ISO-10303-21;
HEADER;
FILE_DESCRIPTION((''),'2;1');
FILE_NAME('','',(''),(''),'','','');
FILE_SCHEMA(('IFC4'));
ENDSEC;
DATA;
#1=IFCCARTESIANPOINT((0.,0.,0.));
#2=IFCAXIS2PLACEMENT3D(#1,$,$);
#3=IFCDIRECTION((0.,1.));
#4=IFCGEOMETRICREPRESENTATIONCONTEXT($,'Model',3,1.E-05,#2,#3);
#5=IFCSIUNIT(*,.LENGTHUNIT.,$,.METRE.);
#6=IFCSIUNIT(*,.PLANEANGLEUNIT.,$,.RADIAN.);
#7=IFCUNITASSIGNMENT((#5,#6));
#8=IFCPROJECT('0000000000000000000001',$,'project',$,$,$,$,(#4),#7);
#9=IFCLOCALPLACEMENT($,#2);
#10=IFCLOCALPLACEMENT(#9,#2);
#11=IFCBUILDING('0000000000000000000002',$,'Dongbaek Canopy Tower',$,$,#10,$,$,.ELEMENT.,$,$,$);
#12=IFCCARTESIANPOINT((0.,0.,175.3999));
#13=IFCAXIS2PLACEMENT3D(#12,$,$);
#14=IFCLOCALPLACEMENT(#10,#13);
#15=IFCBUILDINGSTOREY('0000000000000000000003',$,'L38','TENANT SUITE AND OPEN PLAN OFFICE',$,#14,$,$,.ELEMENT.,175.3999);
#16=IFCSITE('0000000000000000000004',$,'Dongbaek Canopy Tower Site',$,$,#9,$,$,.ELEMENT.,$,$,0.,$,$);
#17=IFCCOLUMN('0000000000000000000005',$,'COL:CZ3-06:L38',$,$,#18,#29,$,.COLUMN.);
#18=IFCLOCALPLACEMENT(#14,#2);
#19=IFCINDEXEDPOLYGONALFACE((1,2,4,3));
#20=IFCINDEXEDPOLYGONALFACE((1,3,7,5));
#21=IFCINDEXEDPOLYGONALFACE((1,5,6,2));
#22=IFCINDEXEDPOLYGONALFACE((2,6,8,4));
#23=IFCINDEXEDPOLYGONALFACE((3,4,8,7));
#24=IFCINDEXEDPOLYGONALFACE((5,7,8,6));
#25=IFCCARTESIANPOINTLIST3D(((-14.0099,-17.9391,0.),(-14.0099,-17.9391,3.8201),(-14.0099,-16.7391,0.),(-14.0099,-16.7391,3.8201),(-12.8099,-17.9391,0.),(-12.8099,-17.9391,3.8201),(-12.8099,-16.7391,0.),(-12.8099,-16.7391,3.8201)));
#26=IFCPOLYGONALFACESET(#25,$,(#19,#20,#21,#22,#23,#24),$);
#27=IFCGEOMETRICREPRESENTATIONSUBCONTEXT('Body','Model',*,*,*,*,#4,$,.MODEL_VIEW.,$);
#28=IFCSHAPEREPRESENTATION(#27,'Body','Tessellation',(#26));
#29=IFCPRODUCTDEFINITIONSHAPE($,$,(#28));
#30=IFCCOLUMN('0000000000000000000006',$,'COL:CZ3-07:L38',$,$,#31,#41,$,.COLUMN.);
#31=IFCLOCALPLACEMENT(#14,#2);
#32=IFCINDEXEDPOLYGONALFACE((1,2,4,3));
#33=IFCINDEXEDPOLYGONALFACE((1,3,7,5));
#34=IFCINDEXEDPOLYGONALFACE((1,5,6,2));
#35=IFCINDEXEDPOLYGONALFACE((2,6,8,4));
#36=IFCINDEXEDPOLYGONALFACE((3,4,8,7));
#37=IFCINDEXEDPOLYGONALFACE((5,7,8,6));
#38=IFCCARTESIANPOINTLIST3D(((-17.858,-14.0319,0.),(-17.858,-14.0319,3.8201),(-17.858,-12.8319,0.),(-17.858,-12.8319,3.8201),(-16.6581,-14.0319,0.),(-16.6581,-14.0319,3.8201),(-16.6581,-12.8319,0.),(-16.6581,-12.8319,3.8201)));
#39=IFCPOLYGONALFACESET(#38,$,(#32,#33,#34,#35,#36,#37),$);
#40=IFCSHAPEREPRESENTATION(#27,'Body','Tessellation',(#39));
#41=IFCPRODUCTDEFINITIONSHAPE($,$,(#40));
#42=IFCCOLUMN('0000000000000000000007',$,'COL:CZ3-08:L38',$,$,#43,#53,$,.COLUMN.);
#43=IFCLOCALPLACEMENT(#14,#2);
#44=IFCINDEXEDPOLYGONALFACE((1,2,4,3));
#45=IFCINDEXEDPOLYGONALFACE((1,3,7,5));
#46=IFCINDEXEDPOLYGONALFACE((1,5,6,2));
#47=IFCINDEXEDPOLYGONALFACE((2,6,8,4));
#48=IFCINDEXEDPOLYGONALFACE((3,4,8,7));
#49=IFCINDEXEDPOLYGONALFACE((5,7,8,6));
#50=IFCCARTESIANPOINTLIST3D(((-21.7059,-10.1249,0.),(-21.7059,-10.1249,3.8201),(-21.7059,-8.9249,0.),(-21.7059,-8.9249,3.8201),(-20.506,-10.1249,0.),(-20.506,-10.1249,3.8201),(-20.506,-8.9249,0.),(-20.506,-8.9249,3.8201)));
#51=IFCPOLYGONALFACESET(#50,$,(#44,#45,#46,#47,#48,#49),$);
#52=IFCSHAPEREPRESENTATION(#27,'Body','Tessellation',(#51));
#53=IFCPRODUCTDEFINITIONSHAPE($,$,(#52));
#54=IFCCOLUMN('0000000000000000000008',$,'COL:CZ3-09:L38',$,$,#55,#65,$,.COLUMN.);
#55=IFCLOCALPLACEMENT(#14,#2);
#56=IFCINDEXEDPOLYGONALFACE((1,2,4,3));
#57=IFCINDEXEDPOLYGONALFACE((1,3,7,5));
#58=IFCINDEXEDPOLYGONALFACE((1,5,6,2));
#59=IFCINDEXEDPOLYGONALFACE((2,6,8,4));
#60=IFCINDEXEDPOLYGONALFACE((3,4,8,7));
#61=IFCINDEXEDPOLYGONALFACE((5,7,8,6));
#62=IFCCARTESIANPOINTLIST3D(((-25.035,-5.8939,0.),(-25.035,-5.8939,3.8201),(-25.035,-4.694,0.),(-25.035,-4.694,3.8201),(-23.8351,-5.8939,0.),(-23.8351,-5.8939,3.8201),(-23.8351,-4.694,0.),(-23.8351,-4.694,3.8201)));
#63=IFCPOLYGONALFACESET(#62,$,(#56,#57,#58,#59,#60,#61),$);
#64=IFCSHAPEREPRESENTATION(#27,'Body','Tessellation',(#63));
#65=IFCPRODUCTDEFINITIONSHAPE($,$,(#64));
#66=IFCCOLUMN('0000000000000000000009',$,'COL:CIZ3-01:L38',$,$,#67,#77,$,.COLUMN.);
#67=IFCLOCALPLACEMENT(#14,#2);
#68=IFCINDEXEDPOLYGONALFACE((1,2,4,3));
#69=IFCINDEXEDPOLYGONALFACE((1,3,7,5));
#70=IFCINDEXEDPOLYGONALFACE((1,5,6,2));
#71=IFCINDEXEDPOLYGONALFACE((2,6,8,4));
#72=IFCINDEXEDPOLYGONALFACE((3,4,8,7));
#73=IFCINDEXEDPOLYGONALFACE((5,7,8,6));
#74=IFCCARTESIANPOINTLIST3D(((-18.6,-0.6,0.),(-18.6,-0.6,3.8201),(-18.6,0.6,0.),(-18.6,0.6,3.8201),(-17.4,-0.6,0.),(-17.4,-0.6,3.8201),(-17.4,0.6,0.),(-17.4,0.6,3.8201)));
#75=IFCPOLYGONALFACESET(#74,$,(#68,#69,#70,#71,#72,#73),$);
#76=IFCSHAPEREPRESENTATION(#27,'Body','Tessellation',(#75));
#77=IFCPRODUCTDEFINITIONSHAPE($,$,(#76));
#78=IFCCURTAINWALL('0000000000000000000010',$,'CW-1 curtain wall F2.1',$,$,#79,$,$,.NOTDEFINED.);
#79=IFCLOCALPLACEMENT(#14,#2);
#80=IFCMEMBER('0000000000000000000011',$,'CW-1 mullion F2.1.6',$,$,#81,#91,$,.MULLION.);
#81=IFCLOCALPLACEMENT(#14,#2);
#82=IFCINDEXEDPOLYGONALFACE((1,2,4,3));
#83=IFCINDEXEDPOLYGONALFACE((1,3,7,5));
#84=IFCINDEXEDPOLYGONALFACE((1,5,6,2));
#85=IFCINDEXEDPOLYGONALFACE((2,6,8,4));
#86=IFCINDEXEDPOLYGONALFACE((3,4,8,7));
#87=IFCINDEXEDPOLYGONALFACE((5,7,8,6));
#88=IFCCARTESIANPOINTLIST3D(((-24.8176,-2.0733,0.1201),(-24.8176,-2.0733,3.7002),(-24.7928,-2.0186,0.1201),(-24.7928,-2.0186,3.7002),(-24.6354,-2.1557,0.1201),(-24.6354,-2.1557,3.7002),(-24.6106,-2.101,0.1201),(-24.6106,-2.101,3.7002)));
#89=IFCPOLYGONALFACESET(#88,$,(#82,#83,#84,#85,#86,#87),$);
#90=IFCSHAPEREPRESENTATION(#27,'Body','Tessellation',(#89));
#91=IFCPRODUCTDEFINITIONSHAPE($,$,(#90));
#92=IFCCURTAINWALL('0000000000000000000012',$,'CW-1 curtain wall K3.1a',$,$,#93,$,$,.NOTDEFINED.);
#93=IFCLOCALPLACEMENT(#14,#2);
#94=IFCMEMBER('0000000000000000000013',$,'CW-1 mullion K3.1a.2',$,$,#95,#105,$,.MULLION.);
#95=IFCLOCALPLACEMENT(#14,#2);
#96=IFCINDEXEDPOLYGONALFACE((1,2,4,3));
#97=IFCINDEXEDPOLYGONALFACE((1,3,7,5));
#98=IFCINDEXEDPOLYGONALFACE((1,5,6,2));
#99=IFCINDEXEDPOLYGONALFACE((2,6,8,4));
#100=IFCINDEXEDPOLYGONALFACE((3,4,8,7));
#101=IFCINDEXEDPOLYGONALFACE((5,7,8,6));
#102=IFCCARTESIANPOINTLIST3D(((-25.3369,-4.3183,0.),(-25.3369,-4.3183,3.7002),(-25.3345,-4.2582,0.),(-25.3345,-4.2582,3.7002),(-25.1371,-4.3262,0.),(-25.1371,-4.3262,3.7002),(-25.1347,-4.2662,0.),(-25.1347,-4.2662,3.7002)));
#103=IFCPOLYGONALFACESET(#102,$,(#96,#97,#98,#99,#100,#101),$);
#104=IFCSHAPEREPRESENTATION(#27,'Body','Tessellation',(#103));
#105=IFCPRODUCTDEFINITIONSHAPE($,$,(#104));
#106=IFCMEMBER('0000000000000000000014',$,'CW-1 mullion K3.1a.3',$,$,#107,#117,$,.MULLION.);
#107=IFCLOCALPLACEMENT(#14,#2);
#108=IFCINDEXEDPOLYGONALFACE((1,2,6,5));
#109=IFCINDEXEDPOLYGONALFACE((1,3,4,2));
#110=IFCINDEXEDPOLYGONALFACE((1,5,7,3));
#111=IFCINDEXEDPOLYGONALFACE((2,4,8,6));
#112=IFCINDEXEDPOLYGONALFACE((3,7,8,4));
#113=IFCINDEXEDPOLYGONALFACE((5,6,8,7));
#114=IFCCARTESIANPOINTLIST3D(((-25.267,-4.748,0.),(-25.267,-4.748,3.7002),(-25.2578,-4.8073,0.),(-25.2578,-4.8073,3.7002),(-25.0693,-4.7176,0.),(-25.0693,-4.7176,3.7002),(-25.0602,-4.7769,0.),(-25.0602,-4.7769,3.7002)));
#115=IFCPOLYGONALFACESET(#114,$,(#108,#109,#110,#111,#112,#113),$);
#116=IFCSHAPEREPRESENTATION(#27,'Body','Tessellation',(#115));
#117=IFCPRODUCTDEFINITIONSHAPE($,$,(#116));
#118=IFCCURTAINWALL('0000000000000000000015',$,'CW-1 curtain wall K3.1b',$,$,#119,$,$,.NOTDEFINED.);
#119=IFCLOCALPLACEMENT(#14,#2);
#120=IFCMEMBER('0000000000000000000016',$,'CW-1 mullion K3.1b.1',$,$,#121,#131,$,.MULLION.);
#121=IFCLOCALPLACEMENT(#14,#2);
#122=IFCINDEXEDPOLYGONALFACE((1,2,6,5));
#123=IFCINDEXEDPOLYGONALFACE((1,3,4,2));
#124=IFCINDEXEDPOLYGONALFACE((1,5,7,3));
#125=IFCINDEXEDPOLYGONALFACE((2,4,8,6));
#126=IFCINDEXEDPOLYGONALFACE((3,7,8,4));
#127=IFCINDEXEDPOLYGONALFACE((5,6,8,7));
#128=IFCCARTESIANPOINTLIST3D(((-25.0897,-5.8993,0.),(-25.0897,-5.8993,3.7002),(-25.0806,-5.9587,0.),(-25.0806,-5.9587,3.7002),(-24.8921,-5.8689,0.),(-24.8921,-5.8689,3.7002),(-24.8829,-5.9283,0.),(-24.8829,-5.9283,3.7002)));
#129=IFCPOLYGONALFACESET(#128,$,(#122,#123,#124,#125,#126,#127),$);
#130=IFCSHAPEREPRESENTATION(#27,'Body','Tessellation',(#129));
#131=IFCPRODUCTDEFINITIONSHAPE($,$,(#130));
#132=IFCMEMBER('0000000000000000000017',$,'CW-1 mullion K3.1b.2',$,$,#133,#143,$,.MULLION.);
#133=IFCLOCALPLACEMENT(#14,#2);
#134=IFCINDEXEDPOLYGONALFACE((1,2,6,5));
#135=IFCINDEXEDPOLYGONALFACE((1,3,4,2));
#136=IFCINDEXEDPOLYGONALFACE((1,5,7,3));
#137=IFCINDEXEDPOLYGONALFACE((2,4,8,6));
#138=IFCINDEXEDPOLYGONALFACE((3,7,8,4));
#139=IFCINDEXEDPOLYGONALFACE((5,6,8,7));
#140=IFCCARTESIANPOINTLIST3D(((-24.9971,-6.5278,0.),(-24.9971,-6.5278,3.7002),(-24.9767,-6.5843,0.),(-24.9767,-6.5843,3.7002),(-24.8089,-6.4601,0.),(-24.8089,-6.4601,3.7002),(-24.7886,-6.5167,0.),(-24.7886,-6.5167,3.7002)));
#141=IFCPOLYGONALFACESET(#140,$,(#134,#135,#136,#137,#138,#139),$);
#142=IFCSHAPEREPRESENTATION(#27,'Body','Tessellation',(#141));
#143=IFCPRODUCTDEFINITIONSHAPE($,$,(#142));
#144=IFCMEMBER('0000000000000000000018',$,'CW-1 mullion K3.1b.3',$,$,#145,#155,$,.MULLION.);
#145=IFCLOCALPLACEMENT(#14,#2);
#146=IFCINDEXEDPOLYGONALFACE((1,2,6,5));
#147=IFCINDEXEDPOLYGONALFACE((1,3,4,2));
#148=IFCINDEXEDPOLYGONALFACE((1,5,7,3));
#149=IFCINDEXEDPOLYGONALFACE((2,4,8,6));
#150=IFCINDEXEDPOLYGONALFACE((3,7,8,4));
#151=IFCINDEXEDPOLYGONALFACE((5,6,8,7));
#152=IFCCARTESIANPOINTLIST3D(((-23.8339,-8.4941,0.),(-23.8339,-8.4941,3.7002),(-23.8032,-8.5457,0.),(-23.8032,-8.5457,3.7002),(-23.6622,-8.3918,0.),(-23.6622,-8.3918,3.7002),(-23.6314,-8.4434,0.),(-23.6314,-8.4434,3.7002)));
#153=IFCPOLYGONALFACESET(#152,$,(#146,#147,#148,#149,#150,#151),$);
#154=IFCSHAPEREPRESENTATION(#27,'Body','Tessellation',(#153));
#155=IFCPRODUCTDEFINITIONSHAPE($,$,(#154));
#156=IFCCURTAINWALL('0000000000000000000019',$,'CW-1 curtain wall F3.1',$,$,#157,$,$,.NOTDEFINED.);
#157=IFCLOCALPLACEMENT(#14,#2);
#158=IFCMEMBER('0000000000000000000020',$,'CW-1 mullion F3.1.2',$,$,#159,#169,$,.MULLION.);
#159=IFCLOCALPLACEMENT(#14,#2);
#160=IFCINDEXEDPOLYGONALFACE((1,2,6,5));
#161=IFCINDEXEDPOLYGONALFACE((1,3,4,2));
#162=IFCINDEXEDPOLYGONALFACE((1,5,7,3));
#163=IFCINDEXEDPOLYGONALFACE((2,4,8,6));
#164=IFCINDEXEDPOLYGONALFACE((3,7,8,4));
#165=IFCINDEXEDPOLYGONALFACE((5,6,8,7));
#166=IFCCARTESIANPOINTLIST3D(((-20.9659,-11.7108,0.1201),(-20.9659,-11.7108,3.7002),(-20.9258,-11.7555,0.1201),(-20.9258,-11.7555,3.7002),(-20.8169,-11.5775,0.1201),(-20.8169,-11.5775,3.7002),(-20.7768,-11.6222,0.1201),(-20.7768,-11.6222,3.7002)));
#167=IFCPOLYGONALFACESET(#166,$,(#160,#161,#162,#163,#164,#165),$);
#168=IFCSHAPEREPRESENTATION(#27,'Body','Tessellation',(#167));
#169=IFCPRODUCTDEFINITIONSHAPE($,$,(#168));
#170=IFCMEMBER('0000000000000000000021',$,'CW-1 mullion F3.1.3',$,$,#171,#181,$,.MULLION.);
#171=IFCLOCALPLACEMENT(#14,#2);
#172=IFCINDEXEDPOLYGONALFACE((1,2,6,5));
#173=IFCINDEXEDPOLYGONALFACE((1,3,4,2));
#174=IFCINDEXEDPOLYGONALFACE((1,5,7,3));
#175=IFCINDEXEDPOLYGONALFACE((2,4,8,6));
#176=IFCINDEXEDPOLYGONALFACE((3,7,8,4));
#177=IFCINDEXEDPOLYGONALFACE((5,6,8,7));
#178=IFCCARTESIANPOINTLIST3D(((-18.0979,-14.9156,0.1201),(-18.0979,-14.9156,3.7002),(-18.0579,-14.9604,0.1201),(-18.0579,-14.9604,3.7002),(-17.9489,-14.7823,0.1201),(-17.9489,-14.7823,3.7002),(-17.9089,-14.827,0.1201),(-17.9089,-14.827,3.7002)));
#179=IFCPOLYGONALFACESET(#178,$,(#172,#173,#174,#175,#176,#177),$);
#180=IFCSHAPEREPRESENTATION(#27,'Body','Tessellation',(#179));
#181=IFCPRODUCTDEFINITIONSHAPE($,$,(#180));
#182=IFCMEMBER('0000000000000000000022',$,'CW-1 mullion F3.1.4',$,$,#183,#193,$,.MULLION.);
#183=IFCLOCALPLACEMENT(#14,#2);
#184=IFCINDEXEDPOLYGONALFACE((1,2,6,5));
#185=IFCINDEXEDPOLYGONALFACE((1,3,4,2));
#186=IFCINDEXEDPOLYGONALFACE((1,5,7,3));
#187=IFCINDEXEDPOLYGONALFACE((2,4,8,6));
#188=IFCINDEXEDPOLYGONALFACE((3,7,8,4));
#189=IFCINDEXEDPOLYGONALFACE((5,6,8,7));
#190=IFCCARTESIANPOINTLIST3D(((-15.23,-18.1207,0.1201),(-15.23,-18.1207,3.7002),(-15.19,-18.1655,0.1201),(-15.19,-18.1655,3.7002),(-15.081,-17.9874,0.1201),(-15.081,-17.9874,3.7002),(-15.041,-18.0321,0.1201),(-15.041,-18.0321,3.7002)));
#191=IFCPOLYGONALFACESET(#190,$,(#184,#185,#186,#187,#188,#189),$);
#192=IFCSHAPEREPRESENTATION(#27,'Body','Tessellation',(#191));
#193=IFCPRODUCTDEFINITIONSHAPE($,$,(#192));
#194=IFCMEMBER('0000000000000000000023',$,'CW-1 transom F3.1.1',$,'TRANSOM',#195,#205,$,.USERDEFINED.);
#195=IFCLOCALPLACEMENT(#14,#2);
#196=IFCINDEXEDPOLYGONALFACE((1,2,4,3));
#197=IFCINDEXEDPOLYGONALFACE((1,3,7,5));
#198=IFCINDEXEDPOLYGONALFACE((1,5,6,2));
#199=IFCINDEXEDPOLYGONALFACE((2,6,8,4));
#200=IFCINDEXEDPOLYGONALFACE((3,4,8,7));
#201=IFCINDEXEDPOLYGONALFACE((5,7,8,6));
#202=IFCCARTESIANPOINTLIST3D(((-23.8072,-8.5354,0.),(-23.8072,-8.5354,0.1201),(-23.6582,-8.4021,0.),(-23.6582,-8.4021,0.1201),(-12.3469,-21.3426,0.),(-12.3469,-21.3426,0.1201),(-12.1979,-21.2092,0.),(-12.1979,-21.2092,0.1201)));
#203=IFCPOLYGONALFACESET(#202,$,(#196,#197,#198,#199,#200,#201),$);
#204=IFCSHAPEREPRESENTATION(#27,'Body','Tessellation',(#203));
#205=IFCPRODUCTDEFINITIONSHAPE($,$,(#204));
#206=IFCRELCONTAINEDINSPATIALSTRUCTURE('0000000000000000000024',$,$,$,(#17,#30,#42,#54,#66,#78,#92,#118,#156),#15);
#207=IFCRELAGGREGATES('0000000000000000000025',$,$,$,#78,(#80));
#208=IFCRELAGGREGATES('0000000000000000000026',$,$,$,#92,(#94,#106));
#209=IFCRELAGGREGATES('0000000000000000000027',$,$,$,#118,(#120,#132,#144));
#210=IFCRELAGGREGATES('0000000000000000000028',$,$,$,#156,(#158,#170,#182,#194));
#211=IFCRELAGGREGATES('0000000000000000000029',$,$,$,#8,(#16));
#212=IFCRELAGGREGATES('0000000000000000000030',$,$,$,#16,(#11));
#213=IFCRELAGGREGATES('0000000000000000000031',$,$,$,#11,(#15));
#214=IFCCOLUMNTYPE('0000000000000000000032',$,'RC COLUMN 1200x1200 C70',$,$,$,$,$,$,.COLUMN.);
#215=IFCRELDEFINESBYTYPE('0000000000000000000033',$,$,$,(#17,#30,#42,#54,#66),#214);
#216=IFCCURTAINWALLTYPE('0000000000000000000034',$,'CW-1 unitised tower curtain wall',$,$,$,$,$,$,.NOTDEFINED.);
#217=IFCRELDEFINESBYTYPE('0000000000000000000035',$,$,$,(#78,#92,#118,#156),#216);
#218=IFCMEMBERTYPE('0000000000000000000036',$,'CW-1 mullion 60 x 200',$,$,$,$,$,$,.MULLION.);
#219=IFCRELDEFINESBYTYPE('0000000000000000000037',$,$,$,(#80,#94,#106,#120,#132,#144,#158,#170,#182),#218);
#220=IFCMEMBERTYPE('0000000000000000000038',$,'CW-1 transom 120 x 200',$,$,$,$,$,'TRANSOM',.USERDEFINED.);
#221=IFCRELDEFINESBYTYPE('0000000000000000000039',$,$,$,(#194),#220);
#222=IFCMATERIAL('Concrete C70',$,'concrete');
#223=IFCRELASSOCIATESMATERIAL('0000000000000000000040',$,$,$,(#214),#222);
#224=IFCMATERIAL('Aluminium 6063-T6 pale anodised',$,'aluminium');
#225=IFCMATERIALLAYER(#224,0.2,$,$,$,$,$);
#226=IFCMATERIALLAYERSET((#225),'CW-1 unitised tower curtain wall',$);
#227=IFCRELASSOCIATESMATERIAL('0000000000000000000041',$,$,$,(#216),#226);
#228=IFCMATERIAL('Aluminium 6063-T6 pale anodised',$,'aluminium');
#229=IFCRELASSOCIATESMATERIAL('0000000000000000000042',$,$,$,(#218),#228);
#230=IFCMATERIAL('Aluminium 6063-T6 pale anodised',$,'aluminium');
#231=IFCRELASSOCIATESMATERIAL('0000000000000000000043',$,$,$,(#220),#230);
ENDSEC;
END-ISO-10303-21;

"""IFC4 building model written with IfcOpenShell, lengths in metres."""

from ifc_helpers import new_model, si_unit, direction, frame, origin, origin_2d, place, context, subcontext, project, spatial, rectangle, extrude, material, layer, layer_set, material_profile, profile_set, type_object, element, aggregate, save


model = new_model("IFC4")

# Units and contexts
model_context = context("Model", 3, precision=1e-05, world=origin(), true_north=direction((0.0, 1.0)))
body_context = subcontext(model_context, "Body", "Model", "MODEL_VIEW")
ifc_project = project(units=[si_unit("LENGTHUNIT", "METRE"), si_unit("PLANEANGLEUNIT", "RADIAN")], contexts=[model_context])

# Site, building, storey
site_placement = place(None, origin())
site = spatial("IfcSite", under=ifc_project, at=site_placement, Name="Dongbaek Canopy Tower Site", CompositionType="ELEMENT", RefElevation=0.0)
building_placement = place(site_placement, origin())
building = spatial("IfcBuilding", under=site, at=building_placement, Name="Dongbaek Canopy Tower", CompositionType="ELEMENT")
storey_placement = place(building_placement, frame((0.0, 0.0, 175.3999)))
storey = spatial("IfcBuildingStorey", under=building, at=storey_placement, Name="L38", Description="TENANT SUITE AND OPEN PLAN OFFICE", CompositionType="ELEMENT", Elevation=175.3999)

# Columns
ifc_material_1 = material(Name="Concrete C70", Category="concrete")
ifc_material_profile_1 = material_profile(ifc_material_1, rectangle(XDim=1.2, YDim=1.2, at=origin_2d()), Name="RC COLUMN 1200x1200 C70")
ifc_profile_set_1 = profile_set([ifc_material_profile_1], Name="Concrete C70")
column_type = type_object("IfcColumnType", Name="RC COLUMN 1200x1200 C70", PredefinedType="COLUMN", material=ifc_profile_set_1)
for number, where, z_axis, x_axis, name in (
    (1, (-13.4099, -17.3391, 0.0), (0.0, 0.0, 1.0), (1.0, 0.0, 0.0), "COL:CZ3-06:L38"),
    (2, (-17.2581, -13.4319, 0.0), (0.0, 0.0, 1.0), (1.0, 0.0, 0.0), "COL:CZ3-07:L38"),
    (3, (-21.106, -9.5249, 0.0), (0.0, 0.0, 1.0), (1.0, 0.0, 0.0), "COL:CZ3-08:L38"),
    (4, (-24.4351, -5.2939, 0.0), (0.0, 0.0, 1.0), (1.0, 0.0, 0.0), "COL:CZ3-09:L38"),
    (5, (-18.0, 0.0, 0.0), (0.0, 0.0, 1.0), (1.0, 0.0, 0.0), "COL:CIZ3-01:L38"),
):
    element("IfcColumn", number, at=place(storey_placement, frame(where, z_axis=z_axis, x_axis=x_axis)), inside=storey, type_object=column_type, Name=name, PredefinedType="COLUMN", context=body_context, shape_type="SweptSolid", body=[
        extrude(rectangle(XDim=1.2, YDim=1.2, at=origin_2d()), origin(), (0.0, 0.0, 1.0), 3.8201),
    ])

# Curtain wall, member
ifc_material_2 = material(Name="Aluminium 6063-T6 pale anodised", Category="aluminium")
ifc_layer_1 = layer(ifc_material_2, 0.2)
ifc_layer_set_1 = layer_set([ifc_layer_1], Name="CW-1 unitised tower curtain wall")
curtain_wall_type = type_object("IfcCurtainWallType", Name="CW-1 unitised tower curtain wall", PredefinedType="NOTDEFINED", material=ifc_layer_set_1)
curtain_wall_1_placement = place(storey_placement, origin())
curtain_wall_1 = element("IfcCurtainWall", 6, at=curtain_wall_1_placement, inside=storey, type_object=curtain_wall_type, Name="CW-1 curtain wall F2.1", PredefinedType="NOTDEFINED")
ifc_material_3 = material(Name="Aluminium 6063-T6 pale anodised", Category="aluminium")
ifc_material_profile_2 = material_profile(ifc_material_3, rectangle(XDim=0.2, YDim=0.0601, at=origin_2d()), Name="CW-1 mullion 60 x 200")
ifc_profile_set_2 = profile_set([ifc_material_profile_2], Name="Aluminium 6063-T6 pale anodised")
member_type_1 = type_object("IfcMemberType", Name="CW-1 mullion 60 x 200", PredefinedType="MULLION", material=ifc_profile_set_2)
member_1_placement = place(storey_placement, frame((-24.7141, -2.0872, 0.1201), z_axis=(0.0, 0.0, 1.0), x_axis=(-0.911148, 0.41208, 0.0)))
member_1 = element("IfcMember", 7, at=member_1_placement, type_object=member_type_1, Name="CW-1 mullion F2.1.6", PredefinedType="MULLION", context=body_context, shape_type="SweptSolid", body=[
    extrude(rectangle(XDim=0.2, YDim=0.0601, at=origin_2d()), origin(), (0.0, 0.0, 1.0), 3.5801),
])
aggregate(curtain_wall_1, [member_1])

# Curtain walls, members
curtain_wall_2_placement = place(storey_placement, origin())
curtain_wall_2 = element("IfcCurtainWall", 8, at=curtain_wall_2_placement, inside=storey, type_object=curtain_wall_type, Name="CW-1 curtain wall K3.1a", PredefinedType="NOTDEFINED")
member_2_placement = place(storey_placement, frame((-25.2358, -4.2922, 0.0), z_axis=(0.0, 0.0, 1.0), x_axis=(-0.999206, 0.039832, 0.0)))
member_2 = element("IfcMember", 9, at=member_2_placement, type_object=member_type_1, Name="CW-1 mullion K3.1a.2", PredefinedType="MULLION", context=body_context, shape_type="SweptSolid", body=[
    extrude(rectangle(XDim=0.2, YDim=0.0601, at=origin_2d()), origin(), (0.0, 0.0, 1.0), 3.7002),
])
member_3_placement = place(storey_placement, frame((-25.1636, -4.7625, 0.0), z_axis=(0.0, 0.0, 1.0), x_axis=(-0.988378, -0.152013, 0.0)))
member_3 = element("IfcMember", 10, at=member_3_placement, type_object=member_type_1, Name="CW-1 mullion K3.1a.3", PredefinedType="MULLION", context=body_context, shape_type="SweptSolid", body=[
    extrude(rectangle(XDim=0.2, YDim=0.0601, at=origin_2d()), origin(), (0.0, 0.0, 1.0), 3.7002),
])
curtain_wall_3_placement = place(storey_placement, origin())
curtain_wall_3 = element("IfcCurtainWall", 11, at=curtain_wall_3_placement, inside=storey, type_object=curtain_wall_type, Name="CW-1 curtain wall K3.1b", PredefinedType="NOTDEFINED")
member_4_placement = place(storey_placement, frame((-24.9863, -5.9138, 0.0), z_axis=(0.0, 0.0, 1.0), x_axis=(-0.988378, -0.152013, 0.0)))
member_4 = element("IfcMember", 12, at=member_4_placement, type_object=member_type_1, Name="CW-1 mullion K3.1b.1", PredefinedType="MULLION", context=body_context, shape_type="SweptSolid", body=[
    extrude(rectangle(XDim=0.2, YDim=0.0601, at=origin_2d()), origin(), (0.0, 0.0, 1.0), 3.7002),
])
member_5_placement = place(storey_placement, frame((-24.8928, -6.5222, 0.0), z_axis=(0.0, 0.0, 1.0), x_axis=(-0.941058, -0.338245, 0.0)))
member_5 = element("IfcMember", 13, at=member_5_placement, type_object=member_type_1, Name="CW-1 mullion K3.1b.2", PredefinedType="MULLION", context=body_context, shape_type="SweptSolid", body=[
    extrude(rectangle(XDim=0.2, YDim=0.0601, at=origin_2d()), origin(), (0.0, 0.0, 1.0), 3.7002),
])
member_6_placement = place(storey_placement, frame((-23.7327, -8.4688, 0.0), z_axis=(0.0, 0.0, 1.0), x_axis=(-0.858992, -0.511989, 0.0)))
member_6 = element("IfcMember", 14, at=member_6_placement, type_object=member_type_1, Name="CW-1 mullion K3.1b.3", PredefinedType="MULLION", context=body_context, shape_type="SweptSolid", body=[
    extrude(rectangle(XDim=0.2, YDim=0.0601, at=origin_2d()), origin(), (0.0, 0.0, 1.0), 3.7002),
])
curtain_wall_4_placement = place(storey_placement, origin())
curtain_wall_4 = element("IfcCurtainWall", 15, at=curtain_wall_4_placement, inside=storey, type_object=curtain_wall_type, Name="CW-1 curtain wall F3.1", PredefinedType="NOTDEFINED")
member_7_placement = place(storey_placement, frame((-20.8713, -11.6665, 0.1201), z_axis=(0.0, 0.0, 1.0), x_axis=(-0.745211, -0.666829, 0.0)))
member_7 = element("IfcMember", 16, at=member_7_placement, type_object=member_type_1, Name="CW-1 mullion F3.1.2", PredefinedType="MULLION", context=body_context, shape_type="SweptSolid", body=[
    extrude(rectangle(XDim=0.2, YDim=0.0601, at=origin_2d()), origin(), (0.0, 0.0, 1.0), 3.5801),
])
member_8_placement = place(storey_placement, frame((-18.0034, -14.8713, 0.1201), z_axis=(0.0, 0.0, 1.0), x_axis=(-0.745211, -0.666829, 0.0)))
member_8 = element("IfcMember", 17, at=member_8_placement, type_object=member_type_1, Name="CW-1 mullion F3.1.3", PredefinedType="MULLION", context=body_context, shape_type="SweptSolid", body=[
    extrude(rectangle(XDim=0.2, YDim=0.0601, at=origin_2d()), origin(), (0.0, 0.0, 1.0), 3.5801),
])
member_9_placement = place(storey_placement, frame((-15.1355, -18.0764, 0.1201), z_axis=(0.0, 0.0, 1.0), x_axis=(-0.745211, -0.666829, 0.0)))
member_9 = element("IfcMember", 18, at=member_9_placement, type_object=member_type_1, Name="CW-1 mullion F3.1.4", PredefinedType="MULLION", context=body_context, shape_type="SweptSolid", body=[
    extrude(rectangle(XDim=0.2, YDim=0.0601, at=origin_2d()), origin(), (0.0, 0.0, 1.0), 3.5801),
])
ifc_material_4 = material(Name="Aluminium 6063-T6 pale anodised", Category="aluminium")
ifc_material_profile_3 = material_profile(ifc_material_4, rectangle(XDim=0.2, YDim=0.1201, at=origin_2d()), Name="CW-1 transom 120 x 200")
ifc_profile_set_3 = profile_set([ifc_material_profile_3], Name="Aluminium 6063-T6 pale anodised")
member_type_2 = type_object("IfcMemberType", Name="CW-1 transom 120 x 200", ElementType="TRANSOM", PredefinedType="USERDEFINED", material=ifc_profile_set_3)
member_10_placement = place(storey_placement, frame((-23.7327, -8.4688, 0.0601), z_axis=(0.666833, -0.745207, 0.0), x_axis=(0.745207, 0.666833, 0.0)))
member_10 = element("IfcMember", 19, at=member_10_placement, type_object=member_type_2, Name="CW-1 transom F3.1.1", ObjectType="TRANSOM", PredefinedType="USERDEFINED", context=body_context, shape_type="SweptSolid", body=[
    extrude(rectangle(XDim=0.2, YDim=0.1201, at=origin_2d()), origin(), (0.0, 0.0, 1.0), 17.186),
])

aggregate(curtain_wall_2, [member_2, member_3])
aggregate(curtain_wall_3, [member_4, member_5, member_6])
aggregate(curtain_wall_4, [member_7, member_8, member_9, member_10])

save(model, "model.ifc")
